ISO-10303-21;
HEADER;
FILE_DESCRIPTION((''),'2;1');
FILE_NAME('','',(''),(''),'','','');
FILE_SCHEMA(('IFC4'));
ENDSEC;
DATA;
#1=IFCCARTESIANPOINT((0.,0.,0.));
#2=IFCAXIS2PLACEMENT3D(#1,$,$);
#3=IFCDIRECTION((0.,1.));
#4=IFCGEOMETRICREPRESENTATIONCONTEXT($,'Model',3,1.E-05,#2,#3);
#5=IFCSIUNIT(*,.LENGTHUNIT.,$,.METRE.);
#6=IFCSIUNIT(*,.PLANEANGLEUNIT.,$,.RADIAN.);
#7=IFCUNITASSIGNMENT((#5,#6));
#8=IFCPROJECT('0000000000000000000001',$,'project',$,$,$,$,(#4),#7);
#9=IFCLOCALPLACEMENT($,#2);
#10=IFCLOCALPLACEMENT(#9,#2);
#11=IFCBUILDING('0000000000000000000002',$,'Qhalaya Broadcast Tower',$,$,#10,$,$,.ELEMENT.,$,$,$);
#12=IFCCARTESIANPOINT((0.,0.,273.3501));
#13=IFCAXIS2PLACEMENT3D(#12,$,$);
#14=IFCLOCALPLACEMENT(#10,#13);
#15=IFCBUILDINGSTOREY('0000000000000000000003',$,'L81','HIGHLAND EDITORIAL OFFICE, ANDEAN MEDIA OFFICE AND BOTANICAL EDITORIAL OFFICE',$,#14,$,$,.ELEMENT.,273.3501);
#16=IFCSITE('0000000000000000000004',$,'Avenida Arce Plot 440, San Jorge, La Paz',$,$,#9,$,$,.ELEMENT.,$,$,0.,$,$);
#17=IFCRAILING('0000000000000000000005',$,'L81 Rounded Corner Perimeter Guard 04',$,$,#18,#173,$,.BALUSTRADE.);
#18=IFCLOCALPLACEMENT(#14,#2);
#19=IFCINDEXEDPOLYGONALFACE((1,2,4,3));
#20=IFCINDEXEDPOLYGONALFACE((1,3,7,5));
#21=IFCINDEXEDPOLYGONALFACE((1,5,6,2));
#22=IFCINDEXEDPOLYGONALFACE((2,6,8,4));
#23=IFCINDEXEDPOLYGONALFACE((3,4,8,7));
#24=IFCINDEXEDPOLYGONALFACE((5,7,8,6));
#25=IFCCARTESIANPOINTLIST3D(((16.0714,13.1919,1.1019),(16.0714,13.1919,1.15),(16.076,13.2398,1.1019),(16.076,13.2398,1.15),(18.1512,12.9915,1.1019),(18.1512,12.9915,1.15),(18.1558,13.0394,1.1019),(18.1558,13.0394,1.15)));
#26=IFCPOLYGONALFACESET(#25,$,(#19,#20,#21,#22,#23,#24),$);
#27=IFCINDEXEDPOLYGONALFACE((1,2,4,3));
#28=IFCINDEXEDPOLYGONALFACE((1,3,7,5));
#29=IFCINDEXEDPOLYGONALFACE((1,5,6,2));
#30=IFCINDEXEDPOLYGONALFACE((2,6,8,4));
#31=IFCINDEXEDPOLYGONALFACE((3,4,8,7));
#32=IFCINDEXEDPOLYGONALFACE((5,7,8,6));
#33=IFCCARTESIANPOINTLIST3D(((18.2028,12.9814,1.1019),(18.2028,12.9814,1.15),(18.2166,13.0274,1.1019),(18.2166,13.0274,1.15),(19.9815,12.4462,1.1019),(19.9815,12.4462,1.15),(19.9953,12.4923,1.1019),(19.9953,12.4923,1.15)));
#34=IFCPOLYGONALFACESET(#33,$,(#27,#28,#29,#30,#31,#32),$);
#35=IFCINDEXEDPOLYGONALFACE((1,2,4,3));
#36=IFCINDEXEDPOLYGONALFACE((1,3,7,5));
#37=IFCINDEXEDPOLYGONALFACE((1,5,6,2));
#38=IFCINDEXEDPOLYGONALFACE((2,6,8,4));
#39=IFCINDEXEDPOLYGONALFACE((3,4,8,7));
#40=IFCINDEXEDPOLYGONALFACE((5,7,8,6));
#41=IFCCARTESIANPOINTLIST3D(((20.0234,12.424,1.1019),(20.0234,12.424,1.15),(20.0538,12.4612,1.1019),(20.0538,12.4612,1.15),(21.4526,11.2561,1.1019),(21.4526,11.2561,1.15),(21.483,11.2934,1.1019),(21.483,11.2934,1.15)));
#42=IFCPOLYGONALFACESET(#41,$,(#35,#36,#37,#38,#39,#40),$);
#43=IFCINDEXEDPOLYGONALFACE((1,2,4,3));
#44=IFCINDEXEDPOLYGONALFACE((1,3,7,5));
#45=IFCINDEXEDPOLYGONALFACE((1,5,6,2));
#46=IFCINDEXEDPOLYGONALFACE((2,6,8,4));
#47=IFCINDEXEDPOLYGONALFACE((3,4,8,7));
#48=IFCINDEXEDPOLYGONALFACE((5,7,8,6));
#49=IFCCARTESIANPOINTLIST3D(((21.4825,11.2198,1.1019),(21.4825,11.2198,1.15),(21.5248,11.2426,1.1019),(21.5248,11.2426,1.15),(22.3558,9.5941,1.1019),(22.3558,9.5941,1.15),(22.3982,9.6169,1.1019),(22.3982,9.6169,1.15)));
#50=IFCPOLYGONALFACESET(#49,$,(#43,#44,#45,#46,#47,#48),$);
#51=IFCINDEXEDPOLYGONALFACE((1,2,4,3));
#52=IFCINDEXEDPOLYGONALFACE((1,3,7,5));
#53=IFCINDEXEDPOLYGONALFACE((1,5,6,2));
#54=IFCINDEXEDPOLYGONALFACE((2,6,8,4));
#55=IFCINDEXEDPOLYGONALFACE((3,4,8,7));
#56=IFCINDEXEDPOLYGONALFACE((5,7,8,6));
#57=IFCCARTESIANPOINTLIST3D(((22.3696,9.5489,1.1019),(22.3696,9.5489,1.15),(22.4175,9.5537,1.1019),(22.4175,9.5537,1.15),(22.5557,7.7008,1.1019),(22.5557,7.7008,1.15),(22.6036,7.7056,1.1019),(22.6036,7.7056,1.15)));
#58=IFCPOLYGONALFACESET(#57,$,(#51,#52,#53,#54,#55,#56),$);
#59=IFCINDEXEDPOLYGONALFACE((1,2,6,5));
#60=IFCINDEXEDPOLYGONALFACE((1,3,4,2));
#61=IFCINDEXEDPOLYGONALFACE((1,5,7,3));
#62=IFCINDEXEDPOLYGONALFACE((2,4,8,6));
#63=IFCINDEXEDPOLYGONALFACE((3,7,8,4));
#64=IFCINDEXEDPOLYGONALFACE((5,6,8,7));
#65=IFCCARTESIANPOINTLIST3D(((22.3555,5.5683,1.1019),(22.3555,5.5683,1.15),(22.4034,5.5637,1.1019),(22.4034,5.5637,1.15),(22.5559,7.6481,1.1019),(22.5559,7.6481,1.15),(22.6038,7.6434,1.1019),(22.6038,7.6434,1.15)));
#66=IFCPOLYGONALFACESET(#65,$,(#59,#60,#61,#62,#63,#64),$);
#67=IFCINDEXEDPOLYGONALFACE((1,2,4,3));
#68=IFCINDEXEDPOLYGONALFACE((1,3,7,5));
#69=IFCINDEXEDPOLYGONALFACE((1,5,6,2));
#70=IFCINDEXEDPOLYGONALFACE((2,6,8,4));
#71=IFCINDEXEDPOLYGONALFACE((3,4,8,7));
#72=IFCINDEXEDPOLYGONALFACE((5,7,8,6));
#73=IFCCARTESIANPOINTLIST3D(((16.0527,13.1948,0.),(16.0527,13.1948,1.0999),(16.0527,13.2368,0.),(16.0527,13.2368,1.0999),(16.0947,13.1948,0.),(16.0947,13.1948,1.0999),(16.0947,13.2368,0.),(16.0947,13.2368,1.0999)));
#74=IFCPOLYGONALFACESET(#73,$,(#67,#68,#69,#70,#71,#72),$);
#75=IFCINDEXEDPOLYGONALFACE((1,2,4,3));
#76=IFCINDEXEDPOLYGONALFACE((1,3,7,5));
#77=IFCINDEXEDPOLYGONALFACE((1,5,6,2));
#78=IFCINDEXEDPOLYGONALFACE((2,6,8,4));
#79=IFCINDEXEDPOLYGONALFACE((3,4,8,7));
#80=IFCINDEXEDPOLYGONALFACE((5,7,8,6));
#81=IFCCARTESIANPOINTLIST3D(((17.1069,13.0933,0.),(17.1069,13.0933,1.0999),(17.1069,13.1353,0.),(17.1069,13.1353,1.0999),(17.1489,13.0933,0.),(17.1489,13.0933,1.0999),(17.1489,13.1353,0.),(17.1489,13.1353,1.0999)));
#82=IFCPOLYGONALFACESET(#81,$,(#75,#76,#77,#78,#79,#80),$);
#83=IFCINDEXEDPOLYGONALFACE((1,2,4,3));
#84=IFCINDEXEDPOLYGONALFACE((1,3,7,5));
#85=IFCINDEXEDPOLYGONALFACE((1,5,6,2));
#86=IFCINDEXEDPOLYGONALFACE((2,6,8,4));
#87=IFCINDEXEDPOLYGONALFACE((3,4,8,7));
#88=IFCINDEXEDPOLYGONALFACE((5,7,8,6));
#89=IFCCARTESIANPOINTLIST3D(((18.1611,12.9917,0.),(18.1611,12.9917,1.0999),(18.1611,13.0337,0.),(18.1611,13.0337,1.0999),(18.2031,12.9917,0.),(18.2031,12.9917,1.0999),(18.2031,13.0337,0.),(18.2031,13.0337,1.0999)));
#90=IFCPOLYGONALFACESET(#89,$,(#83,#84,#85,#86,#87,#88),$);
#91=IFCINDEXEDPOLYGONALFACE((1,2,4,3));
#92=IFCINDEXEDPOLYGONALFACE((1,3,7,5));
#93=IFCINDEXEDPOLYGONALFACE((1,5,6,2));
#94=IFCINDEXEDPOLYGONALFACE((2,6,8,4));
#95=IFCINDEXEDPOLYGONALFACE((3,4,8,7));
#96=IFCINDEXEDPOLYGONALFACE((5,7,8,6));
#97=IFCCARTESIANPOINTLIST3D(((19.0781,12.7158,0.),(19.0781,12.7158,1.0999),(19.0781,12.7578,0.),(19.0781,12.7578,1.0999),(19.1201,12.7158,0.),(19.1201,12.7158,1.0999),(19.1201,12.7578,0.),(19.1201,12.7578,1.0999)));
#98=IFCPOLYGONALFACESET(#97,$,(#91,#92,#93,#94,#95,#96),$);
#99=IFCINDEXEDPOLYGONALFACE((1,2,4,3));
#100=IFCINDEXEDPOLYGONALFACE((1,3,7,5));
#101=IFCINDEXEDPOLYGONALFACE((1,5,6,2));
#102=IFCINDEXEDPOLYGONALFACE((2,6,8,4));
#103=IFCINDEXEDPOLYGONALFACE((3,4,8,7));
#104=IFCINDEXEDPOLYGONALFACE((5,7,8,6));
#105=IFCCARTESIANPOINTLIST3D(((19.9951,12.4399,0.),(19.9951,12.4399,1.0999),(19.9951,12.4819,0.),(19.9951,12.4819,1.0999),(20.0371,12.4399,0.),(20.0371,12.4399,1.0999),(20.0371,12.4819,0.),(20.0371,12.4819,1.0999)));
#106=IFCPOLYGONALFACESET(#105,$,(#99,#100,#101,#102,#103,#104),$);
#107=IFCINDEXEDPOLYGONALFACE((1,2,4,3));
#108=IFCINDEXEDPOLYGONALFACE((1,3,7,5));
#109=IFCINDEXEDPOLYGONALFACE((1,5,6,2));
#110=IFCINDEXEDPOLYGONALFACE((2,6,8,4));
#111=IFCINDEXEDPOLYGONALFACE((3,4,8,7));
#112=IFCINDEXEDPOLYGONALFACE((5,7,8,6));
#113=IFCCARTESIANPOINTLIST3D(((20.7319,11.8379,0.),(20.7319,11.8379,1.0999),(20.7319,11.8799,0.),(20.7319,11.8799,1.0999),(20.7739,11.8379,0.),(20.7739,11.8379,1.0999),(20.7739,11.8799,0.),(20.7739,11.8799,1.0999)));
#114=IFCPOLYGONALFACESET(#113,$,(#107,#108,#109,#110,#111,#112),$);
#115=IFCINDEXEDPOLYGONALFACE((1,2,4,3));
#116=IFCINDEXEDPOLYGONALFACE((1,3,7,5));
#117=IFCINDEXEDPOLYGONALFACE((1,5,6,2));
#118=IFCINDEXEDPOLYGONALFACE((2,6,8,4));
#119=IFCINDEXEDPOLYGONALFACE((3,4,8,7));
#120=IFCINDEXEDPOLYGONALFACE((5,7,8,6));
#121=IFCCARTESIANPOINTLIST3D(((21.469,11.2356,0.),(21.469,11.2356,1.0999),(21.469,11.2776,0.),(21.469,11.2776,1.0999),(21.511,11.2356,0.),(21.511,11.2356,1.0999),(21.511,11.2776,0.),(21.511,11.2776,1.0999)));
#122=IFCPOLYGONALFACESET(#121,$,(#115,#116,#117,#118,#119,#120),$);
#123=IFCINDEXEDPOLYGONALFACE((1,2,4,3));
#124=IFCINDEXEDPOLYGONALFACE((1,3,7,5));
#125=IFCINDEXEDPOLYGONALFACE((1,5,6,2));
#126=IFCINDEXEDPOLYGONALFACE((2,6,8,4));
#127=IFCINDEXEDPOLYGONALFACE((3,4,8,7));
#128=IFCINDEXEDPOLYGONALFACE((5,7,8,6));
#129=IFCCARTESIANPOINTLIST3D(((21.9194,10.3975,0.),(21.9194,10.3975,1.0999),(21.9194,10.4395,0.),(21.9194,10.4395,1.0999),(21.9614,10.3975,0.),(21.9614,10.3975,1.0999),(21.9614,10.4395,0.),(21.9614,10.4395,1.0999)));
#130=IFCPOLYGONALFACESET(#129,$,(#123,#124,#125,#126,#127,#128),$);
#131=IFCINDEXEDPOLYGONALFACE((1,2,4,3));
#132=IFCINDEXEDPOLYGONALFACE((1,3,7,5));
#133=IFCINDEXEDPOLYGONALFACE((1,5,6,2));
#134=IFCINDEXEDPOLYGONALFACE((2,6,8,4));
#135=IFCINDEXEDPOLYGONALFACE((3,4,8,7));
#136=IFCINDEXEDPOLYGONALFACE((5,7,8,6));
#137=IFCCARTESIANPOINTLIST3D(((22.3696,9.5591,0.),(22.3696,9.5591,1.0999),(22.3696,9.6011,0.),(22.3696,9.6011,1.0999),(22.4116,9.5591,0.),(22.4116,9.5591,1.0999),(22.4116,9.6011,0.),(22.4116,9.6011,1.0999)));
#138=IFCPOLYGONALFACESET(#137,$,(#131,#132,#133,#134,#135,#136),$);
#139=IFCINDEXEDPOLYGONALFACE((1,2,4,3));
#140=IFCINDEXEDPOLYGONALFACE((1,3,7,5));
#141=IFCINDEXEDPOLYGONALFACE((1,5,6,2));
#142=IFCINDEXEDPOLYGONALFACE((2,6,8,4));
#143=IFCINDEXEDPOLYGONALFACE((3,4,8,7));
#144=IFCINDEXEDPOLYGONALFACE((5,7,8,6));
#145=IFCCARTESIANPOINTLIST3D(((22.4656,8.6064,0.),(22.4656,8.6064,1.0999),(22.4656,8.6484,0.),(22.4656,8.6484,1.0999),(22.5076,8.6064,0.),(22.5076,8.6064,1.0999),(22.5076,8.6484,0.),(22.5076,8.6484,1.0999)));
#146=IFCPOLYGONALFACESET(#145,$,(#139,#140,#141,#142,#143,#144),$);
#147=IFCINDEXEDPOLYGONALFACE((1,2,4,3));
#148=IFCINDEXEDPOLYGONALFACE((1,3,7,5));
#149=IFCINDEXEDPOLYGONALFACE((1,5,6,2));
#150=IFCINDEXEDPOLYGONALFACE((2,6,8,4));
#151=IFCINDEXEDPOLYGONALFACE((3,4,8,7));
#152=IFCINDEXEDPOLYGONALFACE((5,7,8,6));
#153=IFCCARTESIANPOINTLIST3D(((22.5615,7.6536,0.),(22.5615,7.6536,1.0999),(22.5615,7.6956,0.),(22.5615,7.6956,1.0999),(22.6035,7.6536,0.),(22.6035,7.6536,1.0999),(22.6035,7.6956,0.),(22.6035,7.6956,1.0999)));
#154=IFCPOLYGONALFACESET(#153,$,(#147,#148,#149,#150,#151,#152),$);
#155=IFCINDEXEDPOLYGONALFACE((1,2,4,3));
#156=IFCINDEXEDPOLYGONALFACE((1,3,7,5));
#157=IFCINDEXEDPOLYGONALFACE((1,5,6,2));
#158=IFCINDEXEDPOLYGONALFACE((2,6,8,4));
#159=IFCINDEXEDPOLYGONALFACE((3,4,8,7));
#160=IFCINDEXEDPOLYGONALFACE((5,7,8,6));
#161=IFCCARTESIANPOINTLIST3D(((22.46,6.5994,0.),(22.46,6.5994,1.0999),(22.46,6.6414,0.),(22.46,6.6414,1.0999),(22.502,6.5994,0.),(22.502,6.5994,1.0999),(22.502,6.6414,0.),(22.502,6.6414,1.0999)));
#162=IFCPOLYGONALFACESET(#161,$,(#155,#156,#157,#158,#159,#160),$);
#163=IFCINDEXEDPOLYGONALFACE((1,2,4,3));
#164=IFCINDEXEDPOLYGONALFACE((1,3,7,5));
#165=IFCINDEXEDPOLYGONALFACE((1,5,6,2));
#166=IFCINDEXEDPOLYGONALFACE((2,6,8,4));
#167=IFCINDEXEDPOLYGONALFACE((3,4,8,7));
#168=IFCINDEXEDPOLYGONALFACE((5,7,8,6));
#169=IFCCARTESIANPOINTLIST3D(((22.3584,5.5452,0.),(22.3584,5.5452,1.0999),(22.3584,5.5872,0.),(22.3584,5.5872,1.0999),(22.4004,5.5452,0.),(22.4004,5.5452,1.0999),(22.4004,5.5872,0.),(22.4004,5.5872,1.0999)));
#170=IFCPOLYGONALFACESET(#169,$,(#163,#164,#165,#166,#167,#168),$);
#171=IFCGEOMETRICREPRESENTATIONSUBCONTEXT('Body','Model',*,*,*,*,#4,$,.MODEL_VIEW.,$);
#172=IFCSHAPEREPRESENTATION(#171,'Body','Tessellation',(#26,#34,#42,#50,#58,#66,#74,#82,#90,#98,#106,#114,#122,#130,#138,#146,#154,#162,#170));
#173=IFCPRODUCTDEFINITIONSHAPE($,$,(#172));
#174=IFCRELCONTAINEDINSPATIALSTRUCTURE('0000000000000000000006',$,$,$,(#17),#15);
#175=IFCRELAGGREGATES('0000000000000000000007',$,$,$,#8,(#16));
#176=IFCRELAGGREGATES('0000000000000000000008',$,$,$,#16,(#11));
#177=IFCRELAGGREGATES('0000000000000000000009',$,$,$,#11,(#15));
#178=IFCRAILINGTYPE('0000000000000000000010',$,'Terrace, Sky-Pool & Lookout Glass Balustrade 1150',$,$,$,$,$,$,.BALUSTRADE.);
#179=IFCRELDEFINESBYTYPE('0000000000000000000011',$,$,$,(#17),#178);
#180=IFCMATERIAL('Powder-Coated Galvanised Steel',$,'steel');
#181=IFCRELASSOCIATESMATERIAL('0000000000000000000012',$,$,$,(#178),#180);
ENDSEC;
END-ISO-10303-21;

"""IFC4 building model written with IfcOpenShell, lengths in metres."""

from ifc_helpers import new_model, si_unit, direction, frame, origin, origin_2d, place, context, subcontext, project, spatial, rectangle, extrude, material, type_object, element, save


model = new_model("IFC4")

# Units and contexts
model_context = context("Model", 3, precision=1e-05, world=origin(), true_north=direction((0.0, 1.0)))
body_context = subcontext(model_context, "Body", "Model", "MODEL_VIEW")
ifc_project = project(units=[si_unit("LENGTHUNIT", "METRE"), si_unit("PLANEANGLEUNIT", "RADIAN")], contexts=[model_context])

# Site, building, storey
site_placement = place(None, origin())
site = spatial("IfcSite", under=ifc_project, at=site_placement, Name="Avenida Arce Plot 440, San Jorge, La Paz", CompositionType="ELEMENT", RefElevation=0.0)
building_placement = place(site_placement, origin())
building = spatial("IfcBuilding", under=site, at=building_placement, Name="Qhalaya Broadcast Tower", CompositionType="ELEMENT")
storey_placement = place(building_placement, frame((0.0, 0.0, 273.3501)))
storey = spatial("IfcBuildingStorey", under=building, at=storey_placement, Name="L81", Description="HIGHLAND EDITORIAL OFFICE, ANDEAN MEDIA OFFICE AND BOTANICAL EDITORIAL OFFICE", CompositionType="ELEMENT", Elevation=273.3501)

# Railing
ifc_material_1 = material(Name="Powder-Coated Galvanised Steel", Category="steel")
railing_type = type_object("IfcRailingType", Name="Terrace, Sky-Pool & Lookout Glass Balustrade 1150", PredefinedType="BALUSTRADE", material=ifc_material_1)
railing_1_placement = place(storey_placement, frame((16.0737, 13.2158, 0.0)))
element("IfcRailing", 1, at=railing_1_placement, inside=storey, type_object=railing_type, Name="L81 Rounded Corner Perimeter Guard 04", PredefinedType="BALUSTRADE", context=body_context, shape_type="SweptSolid", body=[
    extrude(rectangle(XDim=0.0481, YDim=0.0481, at=origin_2d()), frame((0.0, 0.0, 1.126), z_axis=(0.995391, -0.095897, 0.0), x_axis=(0.095897, 0.995391, 0.0)), (0.0, 0.0, 1.0), 2.0894),
    extrude(rectangle(XDim=0.0481, YDim=0.0481, at=origin_2d()), frame((2.136, -0.2114, 1.126), z_axis=(0.957601, -0.288096, 0.0), x_axis=(0.288096, 0.957601, 0.0)), (0.0, 0.0, 1.0), 1.8574),
    extrude(rectangle(XDim=0.0481, YDim=0.0481, at=origin_2d()), frame((3.9648, -0.7732, 1.126), z_axis=(0.774357, -0.632749, 0.0), x_axis=(0.632749, 0.774357, 0.0)), (0.0, 0.0, 1.0), 1.8457),
    extrude(rectangle(XDim=0.0481, YDim=0.0481, at=origin_2d()), frame((5.4299, -1.9846, 1.126), z_axis=(0.473243, -0.880932, 0.0), x_axis=(0.880932, 0.473243, 0.0)), (0.0, 0.0, 1.0), 1.8455),
    extrude(rectangle(XDim=0.0481, YDim=0.0481, at=origin_2d()), frame((6.3198, -3.6646, 1.126), z_axis=(0.100198, -0.994968, 0.0), x_axis=(0.994968, 0.100198, 0.0)), (0.0, 0.0, 1.0), 1.8574),
    extrude(rectangle(XDim=0.0481, YDim=0.0481, at=origin_2d()), frame((6.5061, -5.5701, 1.126), z_axis=(-0.095897, -0.995391, 0.0), x_axis=(0.995391, -0.095897, 0.0)), (0.0, 0.0, 1.0), 2.0894),
    extrude(rectangle(XDim=0.042, YDim=0.042, at=origin_2d()), origin(), (0.0, 0.0, 1.0), 1.0999),
    extrude(rectangle(XDim=0.042, YDim=0.042, at=origin_2d()), frame((1.0542, -0.1016, 0.0)), (0.0, 0.0, 1.0), 1.0999),
    extrude(rectangle(XDim=0.042, YDim=0.042, at=origin_2d()), frame((2.1084, -0.2031, 0.0)), (0.0, 0.0, 1.0), 1.0999),
    extrude(rectangle(XDim=0.042, YDim=0.042, at=origin_2d()), frame((3.0254, -0.479, 0.0)), (0.0, 0.0, 1.0), 1.0999),
    extrude(rectangle(XDim=0.042, YDim=0.042, at=origin_2d()), frame((3.9424, -0.7549, 0.0)), (0.0, 0.0, 1.0), 1.0999),
    extrude(rectangle(XDim=0.042, YDim=0.042, at=origin_2d()), frame((4.6792, -1.3569, 0.0)), (0.0, 0.0, 1.0), 1.0999),
    extrude(rectangle(XDim=0.042, YDim=0.042, at=origin_2d()), frame((5.4163, -1.9592, 0.0)), (0.0, 0.0, 1.0), 1.0999),
    extrude(rectangle(XDim=0.042, YDim=0.042, at=origin_2d()), frame((5.8667, -2.7974, 0.0)), (0.0, 0.0, 1.0), 1.0999),
    extrude(rectangle(XDim=0.042, YDim=0.042, at=origin_2d()), frame((6.3169, -3.6357, 0.0)), (0.0, 0.0, 1.0), 1.0999),
    extrude(rectangle(XDim=0.042, YDim=0.042, at=origin_2d()), frame((6.4128, -4.5884, 0.0)), (0.0, 0.0, 1.0), 1.0999),
    extrude(rectangle(XDim=0.042, YDim=0.042, at=origin_2d()), frame((6.5088, -5.5413, 0.0)), (0.0, 0.0, 1.0), 1.0999),
    extrude(rectangle(XDim=0.042, YDim=0.042, at=origin_2d()), frame((6.4072, -6.5955, 0.0)), (0.0, 0.0, 1.0), 1.0999),
    extrude(rectangle(XDim=0.042, YDim=0.042, at=origin_2d()), frame((6.3057, -7.6497, 0.0)), (0.0, 0.0, 1.0), 1.0999),
])

save(model, "model.ifc")
